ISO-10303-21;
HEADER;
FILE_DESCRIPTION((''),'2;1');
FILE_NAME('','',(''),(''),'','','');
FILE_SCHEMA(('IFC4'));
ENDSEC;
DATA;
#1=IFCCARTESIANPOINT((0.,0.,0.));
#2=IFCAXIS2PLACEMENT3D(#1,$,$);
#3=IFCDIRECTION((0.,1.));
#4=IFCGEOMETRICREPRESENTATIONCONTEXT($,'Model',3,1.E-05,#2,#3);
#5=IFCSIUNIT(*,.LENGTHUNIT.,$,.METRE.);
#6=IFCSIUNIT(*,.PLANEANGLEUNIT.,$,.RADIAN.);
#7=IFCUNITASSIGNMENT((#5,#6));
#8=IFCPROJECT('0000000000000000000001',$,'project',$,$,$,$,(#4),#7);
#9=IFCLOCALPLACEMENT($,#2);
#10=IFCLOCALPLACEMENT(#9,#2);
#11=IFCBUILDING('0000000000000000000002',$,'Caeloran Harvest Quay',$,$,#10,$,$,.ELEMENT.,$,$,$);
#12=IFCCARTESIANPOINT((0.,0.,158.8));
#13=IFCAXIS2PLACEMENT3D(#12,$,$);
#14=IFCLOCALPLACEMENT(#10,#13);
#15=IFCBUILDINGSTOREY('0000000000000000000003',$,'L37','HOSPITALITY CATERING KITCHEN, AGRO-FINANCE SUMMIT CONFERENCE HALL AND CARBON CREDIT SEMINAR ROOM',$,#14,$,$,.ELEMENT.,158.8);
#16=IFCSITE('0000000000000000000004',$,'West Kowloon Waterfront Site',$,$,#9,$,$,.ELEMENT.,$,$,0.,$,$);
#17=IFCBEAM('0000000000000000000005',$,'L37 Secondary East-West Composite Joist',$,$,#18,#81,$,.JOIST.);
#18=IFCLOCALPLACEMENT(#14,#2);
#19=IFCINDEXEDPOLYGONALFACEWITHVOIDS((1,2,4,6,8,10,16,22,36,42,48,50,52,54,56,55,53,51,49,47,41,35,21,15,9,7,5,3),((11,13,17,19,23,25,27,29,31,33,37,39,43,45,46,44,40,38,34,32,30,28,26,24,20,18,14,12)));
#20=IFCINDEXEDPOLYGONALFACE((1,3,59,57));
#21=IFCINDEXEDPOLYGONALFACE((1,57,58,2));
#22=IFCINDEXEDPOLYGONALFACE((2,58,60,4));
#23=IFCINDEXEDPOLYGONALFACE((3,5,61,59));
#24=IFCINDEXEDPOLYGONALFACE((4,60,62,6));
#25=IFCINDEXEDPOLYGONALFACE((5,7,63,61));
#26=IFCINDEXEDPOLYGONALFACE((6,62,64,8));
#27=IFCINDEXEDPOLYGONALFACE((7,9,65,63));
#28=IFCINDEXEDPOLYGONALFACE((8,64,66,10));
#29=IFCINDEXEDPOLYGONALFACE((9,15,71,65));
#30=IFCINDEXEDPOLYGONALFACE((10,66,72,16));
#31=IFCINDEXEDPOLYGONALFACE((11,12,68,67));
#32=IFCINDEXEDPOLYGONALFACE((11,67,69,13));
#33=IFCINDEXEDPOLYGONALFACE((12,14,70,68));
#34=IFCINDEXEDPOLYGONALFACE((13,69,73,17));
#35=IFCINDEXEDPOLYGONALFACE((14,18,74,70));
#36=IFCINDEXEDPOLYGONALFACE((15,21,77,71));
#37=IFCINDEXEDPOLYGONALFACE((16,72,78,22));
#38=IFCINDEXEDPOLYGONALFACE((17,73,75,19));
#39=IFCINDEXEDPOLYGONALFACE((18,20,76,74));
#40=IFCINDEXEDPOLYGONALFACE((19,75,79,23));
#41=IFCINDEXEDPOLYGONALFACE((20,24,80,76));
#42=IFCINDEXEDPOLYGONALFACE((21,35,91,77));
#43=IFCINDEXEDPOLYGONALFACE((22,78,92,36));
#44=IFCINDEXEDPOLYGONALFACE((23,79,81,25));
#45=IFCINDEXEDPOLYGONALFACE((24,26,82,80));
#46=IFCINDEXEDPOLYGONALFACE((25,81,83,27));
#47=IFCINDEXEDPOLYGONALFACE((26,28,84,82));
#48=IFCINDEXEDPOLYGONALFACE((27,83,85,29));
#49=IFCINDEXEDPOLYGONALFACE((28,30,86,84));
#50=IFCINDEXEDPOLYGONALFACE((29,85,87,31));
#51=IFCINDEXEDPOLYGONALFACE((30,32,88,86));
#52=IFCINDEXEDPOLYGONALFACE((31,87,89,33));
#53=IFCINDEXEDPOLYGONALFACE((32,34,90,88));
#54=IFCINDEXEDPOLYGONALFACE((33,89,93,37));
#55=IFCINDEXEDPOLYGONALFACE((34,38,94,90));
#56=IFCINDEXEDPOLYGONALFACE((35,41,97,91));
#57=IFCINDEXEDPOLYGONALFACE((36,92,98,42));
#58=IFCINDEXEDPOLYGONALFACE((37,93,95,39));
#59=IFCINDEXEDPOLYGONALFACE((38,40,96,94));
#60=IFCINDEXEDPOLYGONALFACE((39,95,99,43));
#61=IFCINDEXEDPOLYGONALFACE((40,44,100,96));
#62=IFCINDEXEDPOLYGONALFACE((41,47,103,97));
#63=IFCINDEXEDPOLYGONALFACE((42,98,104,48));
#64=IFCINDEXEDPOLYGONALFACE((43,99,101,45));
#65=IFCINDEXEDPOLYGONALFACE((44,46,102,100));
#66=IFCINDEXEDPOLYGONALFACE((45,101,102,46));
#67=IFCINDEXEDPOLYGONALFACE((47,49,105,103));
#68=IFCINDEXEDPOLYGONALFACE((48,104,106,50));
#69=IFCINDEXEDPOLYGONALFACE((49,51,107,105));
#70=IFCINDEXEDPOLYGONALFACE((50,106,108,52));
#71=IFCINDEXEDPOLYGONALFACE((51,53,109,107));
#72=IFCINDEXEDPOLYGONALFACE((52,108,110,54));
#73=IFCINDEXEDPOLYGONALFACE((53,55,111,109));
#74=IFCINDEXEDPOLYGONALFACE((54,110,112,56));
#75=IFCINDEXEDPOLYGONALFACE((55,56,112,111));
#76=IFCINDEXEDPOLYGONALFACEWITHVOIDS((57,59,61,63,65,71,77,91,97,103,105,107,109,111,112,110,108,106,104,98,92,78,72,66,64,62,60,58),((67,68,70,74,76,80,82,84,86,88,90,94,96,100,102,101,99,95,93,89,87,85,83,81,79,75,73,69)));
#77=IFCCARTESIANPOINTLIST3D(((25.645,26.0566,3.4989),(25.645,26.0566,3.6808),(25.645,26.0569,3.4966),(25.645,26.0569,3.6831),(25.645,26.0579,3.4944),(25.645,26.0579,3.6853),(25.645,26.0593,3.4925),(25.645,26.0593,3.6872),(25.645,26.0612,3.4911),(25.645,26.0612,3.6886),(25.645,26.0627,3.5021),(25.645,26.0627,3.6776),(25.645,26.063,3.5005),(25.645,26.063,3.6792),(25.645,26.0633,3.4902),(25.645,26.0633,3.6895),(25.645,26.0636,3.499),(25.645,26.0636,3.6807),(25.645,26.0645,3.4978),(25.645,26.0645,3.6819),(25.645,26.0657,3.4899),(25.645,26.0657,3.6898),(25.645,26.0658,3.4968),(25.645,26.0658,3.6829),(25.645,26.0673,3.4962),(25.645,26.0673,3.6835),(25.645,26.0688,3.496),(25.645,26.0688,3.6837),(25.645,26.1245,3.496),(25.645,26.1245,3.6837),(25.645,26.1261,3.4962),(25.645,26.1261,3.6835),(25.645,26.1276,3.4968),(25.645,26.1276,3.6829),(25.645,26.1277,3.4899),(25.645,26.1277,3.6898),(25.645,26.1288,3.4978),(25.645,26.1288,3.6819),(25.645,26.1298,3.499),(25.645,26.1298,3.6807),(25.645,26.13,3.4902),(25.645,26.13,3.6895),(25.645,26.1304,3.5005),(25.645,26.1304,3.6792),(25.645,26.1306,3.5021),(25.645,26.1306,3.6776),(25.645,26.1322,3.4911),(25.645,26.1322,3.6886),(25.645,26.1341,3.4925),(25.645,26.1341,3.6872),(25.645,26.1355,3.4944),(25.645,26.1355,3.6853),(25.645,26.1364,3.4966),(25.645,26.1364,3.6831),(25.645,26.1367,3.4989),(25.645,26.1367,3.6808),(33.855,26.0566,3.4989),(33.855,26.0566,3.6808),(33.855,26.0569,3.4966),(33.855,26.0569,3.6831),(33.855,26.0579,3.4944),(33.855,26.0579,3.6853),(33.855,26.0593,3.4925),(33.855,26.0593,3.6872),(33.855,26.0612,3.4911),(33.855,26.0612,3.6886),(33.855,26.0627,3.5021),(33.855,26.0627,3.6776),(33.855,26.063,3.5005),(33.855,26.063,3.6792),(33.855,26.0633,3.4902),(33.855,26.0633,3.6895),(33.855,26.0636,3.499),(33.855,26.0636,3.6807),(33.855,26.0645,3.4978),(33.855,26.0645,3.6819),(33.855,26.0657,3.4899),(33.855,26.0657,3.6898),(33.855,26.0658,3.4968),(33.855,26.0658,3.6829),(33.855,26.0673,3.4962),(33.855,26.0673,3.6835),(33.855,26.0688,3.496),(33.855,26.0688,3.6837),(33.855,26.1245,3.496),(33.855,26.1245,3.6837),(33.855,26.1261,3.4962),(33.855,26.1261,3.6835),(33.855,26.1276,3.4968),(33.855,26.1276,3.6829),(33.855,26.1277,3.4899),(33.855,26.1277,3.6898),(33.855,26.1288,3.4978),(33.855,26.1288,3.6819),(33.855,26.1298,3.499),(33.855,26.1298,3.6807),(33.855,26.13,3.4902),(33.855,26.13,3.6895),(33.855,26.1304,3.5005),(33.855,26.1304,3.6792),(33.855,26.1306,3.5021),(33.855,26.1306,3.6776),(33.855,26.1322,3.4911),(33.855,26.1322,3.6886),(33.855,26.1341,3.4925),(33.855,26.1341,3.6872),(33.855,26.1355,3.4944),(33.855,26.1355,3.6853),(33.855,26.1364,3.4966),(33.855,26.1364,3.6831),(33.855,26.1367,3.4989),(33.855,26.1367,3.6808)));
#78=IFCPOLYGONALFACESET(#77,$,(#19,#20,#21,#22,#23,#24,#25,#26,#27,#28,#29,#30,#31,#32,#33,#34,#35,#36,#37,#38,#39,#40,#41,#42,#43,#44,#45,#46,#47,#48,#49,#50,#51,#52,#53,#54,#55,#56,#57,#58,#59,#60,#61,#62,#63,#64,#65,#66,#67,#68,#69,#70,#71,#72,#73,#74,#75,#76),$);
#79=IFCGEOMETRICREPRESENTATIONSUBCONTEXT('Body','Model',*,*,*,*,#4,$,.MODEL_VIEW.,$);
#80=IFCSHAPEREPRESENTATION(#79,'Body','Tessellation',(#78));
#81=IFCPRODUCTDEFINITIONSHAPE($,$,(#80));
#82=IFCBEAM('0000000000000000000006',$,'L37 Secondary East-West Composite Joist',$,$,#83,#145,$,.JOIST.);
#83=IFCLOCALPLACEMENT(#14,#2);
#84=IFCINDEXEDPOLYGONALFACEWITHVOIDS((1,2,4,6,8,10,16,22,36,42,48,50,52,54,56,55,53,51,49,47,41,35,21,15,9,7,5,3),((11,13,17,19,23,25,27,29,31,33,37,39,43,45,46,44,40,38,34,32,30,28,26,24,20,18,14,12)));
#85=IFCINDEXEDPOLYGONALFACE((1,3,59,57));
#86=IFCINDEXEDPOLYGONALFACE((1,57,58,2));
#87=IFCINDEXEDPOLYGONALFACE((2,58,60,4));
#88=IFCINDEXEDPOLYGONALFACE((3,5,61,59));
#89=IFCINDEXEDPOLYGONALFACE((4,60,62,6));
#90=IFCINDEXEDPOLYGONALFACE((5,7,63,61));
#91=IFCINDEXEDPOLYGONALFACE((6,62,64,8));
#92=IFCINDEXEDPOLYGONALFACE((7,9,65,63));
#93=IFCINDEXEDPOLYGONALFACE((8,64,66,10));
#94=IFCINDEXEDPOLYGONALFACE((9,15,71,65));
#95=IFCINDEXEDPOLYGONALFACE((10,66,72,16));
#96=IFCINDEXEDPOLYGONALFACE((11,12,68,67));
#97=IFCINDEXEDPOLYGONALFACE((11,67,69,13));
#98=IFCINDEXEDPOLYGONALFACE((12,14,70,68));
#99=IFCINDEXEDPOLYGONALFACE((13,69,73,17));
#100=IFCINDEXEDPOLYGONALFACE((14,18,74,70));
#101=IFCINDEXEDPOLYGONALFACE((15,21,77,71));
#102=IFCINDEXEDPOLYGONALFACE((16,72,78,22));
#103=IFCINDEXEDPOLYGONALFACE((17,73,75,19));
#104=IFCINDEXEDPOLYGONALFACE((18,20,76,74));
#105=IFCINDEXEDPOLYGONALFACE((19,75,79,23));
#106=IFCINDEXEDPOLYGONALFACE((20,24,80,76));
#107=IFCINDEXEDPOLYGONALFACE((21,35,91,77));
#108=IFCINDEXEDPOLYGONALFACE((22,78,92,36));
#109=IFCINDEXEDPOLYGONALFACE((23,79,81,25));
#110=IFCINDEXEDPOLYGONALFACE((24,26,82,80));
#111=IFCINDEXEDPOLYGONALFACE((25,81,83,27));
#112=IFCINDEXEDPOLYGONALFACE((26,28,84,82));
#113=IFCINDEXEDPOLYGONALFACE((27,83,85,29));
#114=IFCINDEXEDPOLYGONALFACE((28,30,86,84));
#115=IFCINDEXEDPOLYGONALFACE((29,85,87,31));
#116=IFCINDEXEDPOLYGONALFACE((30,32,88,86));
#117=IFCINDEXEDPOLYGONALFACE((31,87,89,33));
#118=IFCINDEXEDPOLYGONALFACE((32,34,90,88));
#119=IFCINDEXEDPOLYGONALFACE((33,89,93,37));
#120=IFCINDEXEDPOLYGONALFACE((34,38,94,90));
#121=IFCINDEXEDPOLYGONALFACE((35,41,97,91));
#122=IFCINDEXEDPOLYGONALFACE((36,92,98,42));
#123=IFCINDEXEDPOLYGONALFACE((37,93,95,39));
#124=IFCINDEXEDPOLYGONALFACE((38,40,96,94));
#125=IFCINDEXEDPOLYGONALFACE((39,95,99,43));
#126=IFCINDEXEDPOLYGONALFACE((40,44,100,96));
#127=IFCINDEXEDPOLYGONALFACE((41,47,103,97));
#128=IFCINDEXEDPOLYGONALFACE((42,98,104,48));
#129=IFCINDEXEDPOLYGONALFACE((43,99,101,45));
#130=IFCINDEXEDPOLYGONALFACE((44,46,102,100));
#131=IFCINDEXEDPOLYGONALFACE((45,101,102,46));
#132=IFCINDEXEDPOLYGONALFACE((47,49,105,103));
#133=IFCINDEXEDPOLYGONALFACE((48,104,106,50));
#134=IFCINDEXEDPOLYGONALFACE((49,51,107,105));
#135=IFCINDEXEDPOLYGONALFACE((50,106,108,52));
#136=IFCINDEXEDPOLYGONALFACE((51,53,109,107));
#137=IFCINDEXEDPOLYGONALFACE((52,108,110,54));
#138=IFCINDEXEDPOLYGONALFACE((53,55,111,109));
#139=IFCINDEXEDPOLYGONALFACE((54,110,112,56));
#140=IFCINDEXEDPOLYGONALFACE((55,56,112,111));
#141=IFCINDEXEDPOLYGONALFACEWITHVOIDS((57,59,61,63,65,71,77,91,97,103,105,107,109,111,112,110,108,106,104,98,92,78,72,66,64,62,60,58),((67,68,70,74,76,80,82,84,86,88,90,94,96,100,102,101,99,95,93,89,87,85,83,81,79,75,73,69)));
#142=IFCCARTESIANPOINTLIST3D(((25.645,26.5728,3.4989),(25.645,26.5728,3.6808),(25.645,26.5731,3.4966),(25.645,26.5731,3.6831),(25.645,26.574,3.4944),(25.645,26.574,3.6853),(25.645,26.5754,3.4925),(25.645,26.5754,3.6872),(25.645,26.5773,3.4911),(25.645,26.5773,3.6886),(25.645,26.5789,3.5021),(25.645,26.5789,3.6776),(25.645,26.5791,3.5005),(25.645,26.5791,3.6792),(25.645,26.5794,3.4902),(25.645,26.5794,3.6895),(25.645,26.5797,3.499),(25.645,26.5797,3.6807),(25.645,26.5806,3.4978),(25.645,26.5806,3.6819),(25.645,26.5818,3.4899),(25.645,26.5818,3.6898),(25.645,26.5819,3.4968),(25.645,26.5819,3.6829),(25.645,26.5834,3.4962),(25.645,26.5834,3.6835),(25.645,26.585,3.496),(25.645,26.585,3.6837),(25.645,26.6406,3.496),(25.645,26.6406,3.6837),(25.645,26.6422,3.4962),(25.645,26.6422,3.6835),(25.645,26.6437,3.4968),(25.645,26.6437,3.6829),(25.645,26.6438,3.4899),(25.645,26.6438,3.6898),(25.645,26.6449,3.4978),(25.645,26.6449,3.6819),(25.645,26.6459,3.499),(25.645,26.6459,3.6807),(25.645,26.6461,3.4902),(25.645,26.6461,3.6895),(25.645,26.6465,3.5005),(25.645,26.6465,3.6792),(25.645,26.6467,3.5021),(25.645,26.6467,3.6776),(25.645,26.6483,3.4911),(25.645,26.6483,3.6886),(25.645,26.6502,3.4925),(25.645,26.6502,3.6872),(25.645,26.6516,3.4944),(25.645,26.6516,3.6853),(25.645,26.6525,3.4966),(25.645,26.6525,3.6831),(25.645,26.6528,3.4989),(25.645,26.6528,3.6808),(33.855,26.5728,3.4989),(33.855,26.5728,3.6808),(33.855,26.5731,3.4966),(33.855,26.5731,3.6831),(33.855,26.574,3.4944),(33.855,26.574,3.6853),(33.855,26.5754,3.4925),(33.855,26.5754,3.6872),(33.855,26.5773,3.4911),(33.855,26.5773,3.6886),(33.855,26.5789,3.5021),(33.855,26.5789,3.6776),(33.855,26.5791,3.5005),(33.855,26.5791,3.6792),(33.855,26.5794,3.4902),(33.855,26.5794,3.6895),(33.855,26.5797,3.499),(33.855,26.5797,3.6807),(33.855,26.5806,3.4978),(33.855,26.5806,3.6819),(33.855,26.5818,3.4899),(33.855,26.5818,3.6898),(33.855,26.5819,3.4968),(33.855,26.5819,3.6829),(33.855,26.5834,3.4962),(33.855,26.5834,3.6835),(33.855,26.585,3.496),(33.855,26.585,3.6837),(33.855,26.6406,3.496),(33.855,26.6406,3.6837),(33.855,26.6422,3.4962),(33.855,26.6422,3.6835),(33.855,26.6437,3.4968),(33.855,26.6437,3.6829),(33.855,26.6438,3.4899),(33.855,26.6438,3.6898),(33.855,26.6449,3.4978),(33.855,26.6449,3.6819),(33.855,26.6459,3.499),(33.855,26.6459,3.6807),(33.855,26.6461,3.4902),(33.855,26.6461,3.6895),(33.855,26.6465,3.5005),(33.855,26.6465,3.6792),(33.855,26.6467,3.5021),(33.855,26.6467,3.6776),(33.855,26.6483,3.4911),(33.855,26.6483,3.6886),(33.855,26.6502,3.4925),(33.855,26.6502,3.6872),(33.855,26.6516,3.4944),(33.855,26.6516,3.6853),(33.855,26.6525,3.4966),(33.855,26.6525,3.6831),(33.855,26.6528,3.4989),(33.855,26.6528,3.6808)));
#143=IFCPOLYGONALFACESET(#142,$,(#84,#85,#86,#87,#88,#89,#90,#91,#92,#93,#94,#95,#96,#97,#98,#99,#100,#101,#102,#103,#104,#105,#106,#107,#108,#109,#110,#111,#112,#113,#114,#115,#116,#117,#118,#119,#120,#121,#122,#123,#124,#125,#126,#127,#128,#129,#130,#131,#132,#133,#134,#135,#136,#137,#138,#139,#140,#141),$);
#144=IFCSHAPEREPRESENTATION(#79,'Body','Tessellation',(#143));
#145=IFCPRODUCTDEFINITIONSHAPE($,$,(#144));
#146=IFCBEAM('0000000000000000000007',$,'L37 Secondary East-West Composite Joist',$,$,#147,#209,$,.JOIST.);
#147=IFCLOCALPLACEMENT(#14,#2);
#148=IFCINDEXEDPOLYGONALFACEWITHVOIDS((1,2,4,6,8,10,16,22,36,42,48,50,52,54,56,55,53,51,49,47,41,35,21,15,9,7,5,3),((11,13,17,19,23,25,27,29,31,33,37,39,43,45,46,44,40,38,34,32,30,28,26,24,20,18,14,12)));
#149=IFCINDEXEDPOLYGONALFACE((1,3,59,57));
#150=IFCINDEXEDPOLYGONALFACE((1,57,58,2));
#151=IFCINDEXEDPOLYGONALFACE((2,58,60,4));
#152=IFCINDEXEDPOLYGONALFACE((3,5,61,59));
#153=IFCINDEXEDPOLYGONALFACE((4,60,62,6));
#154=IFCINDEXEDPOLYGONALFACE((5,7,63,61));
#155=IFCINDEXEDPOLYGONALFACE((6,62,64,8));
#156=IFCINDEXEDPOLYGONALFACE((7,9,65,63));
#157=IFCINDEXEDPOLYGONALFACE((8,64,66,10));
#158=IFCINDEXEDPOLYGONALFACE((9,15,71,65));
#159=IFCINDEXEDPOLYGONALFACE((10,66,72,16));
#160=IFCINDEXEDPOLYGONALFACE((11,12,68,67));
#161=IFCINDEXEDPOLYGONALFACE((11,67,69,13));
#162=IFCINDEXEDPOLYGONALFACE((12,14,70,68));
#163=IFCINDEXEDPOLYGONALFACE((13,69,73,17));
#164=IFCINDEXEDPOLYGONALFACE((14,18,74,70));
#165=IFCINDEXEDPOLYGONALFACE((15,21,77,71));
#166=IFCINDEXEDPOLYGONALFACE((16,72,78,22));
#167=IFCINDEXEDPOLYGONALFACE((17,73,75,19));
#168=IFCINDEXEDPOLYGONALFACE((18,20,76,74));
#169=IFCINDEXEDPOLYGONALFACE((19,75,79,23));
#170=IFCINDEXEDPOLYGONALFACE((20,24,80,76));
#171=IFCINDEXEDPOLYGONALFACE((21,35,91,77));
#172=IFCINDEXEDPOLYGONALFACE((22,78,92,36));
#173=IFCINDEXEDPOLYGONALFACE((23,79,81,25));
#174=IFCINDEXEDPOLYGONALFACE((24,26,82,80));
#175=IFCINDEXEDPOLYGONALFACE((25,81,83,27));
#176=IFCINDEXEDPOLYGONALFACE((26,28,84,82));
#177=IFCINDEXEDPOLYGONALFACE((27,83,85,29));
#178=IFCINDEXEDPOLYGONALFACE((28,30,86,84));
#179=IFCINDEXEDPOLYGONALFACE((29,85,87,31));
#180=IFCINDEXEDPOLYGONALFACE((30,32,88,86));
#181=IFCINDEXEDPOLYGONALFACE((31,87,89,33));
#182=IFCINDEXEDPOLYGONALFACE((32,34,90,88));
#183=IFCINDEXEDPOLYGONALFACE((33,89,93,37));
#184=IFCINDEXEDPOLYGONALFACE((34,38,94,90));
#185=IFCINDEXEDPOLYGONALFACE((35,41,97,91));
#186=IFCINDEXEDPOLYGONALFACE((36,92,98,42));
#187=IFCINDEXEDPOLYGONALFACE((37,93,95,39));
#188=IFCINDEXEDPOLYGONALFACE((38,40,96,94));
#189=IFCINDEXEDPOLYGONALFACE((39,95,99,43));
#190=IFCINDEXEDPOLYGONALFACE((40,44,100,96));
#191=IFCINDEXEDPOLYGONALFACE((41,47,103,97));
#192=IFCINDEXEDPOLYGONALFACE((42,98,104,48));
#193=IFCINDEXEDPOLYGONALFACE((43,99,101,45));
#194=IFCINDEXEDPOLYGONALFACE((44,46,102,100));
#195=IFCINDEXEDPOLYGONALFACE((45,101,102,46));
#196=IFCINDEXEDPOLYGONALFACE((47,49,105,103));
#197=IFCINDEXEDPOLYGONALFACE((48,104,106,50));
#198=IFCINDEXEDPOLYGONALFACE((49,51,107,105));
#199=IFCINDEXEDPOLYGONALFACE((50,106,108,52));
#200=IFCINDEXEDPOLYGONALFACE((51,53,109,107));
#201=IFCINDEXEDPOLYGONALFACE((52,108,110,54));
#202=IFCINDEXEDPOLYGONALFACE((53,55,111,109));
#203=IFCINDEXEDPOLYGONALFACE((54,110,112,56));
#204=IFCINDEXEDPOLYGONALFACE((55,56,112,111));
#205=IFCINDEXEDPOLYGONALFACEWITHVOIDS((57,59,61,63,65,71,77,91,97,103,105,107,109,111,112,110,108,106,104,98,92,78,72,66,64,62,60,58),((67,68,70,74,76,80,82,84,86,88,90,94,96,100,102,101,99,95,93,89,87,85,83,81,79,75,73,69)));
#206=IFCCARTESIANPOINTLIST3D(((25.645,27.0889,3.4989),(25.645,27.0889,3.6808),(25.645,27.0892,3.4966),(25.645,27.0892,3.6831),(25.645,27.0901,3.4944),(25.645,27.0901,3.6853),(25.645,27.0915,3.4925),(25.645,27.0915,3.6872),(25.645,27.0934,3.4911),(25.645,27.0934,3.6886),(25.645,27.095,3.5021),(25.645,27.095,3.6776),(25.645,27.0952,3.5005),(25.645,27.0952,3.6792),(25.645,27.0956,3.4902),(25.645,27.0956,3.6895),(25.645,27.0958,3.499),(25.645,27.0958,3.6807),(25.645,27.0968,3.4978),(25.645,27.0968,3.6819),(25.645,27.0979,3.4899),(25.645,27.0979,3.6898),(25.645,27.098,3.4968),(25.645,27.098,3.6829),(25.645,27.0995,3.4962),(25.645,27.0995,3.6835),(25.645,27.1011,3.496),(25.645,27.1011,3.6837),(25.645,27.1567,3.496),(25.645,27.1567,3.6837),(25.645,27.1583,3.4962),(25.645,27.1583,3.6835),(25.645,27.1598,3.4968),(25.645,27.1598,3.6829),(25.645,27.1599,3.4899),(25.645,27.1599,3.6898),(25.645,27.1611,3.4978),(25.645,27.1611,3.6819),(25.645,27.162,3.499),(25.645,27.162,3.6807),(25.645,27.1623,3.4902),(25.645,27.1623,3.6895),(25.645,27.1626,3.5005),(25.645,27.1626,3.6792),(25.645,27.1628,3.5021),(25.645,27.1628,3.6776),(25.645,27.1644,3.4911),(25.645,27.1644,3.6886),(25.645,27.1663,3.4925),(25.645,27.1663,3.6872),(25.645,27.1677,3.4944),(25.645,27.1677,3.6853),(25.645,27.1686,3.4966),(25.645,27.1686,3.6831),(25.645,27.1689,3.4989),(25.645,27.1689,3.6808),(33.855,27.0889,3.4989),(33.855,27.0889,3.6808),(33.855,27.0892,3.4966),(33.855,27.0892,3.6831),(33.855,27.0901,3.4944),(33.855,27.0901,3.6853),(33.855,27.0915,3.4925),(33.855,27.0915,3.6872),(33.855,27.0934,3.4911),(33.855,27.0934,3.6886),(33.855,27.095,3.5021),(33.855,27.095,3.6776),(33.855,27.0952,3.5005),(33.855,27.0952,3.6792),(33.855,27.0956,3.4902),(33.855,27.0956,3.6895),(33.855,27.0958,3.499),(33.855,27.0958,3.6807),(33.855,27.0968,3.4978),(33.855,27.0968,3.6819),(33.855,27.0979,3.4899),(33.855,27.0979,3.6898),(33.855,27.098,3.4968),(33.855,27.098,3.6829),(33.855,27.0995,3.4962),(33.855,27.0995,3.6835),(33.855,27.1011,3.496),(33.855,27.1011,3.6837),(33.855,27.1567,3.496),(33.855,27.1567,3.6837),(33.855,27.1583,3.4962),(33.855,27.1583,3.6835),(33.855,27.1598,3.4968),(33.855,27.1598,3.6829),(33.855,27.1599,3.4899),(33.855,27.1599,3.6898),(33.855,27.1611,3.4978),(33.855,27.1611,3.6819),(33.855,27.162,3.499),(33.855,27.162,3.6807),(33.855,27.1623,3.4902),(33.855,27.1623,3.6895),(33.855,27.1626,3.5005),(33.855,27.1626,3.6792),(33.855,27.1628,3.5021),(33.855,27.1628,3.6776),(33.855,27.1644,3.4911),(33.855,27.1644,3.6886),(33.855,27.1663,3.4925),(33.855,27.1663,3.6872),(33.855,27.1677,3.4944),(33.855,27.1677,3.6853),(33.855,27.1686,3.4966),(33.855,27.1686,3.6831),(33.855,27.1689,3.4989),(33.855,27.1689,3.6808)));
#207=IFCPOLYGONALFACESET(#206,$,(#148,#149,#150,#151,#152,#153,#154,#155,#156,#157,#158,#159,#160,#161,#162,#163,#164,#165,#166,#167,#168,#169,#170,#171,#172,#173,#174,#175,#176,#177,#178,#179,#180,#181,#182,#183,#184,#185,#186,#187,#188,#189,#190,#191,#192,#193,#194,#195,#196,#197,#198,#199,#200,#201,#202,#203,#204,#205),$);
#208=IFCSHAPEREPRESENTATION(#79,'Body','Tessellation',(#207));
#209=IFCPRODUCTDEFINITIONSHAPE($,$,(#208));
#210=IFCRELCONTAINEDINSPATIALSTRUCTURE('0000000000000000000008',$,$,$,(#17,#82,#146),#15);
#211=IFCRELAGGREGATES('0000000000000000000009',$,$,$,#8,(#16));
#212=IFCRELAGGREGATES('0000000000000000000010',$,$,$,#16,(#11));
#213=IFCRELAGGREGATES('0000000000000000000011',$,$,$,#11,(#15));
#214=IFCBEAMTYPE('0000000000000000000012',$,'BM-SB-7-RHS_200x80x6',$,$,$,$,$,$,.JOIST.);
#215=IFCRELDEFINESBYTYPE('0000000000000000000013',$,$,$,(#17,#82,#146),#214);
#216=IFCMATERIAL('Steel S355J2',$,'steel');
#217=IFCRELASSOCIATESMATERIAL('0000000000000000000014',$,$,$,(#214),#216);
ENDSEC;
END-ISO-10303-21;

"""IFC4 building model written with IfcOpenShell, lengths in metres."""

from ifc_helpers import new_model, si_unit, direction, frame, origin, origin_2d, place, context, subcontext, project, spatial, hollow_rectangle, extrude, material, material_profile, profile_set, type_object, element, save


model = new_model("IFC4")

# Units and contexts
model_context = context("Model", 3, precision=1e-05, world=origin(), true_north=direction((0.0, 1.0)))
body_context = subcontext(model_context, "Body", "Model", "MODEL_VIEW")
ifc_project = project(units=[si_unit("LENGTHUNIT", "METRE"), si_unit("PLANEANGLEUNIT", "RADIAN")], contexts=[model_context])

# Site, building, storey
site_placement = place(None, origin())
site = spatial("IfcSite", under=ifc_project, at=site_placement, Name="West Kowloon Waterfront Site", CompositionType="ELEMENT", RefElevation=0.0)
building_placement = place(site_placement, origin())
building = spatial("IfcBuilding", under=site, at=building_placement, Name="Caeloran Harvest Quay", CompositionType="ELEMENT")
storey_placement = place(building_placement, frame((0.0, 0.0, 158.8)))
storey = spatial("IfcBuildingStorey", under=building, at=storey_placement, Name="L37", Description="HOSPITALITY CATERING KITCHEN, AGRO-FINANCE SUMMIT CONFERENCE HALL AND CARBON CREDIT SEMINAR ROOM", CompositionType="ELEMENT", Elevation=158.8)

# Beams
ifc_material_1 = material(Name="Steel S355J2", Category="steel")
ifc_material_profile_1 = material_profile(ifc_material_1, hollow_rectangle(XDim=0.0801, YDim=0.2, WallThickness=0.0061, InnerFilletRadius=0.0061, OuterFilletRadius=0.009, at=origin_2d()), Name="RHS 200x80x6")
ifc_profile_set_1 = profile_set([ifc_material_profile_1], Name="Steel S355J2")
beam_type_1 = type_object("IfcBeamType", Name="BM-SB-7-RHS_200x80x6", PredefinedType="JOIST", material=ifc_profile_set_1)
for number, where, z_axis, x_axis, name in (
    (1, (25.645, 26.0967, 3.5898), (1.0, 0.0, 0.0), (0.0, 1.0, 0.0), "L37 Secondary East-West Composite Joist"),
    (2, (25.645, 26.6128, 3.5898), (1.0, 0.0, 0.0), (0.0, 1.0, 0.0), "L37 Secondary East-West Composite Joist"),
    (3, (25.645, 27.1289, 3.5898), (1.0, 0.0, 0.0), (0.0, 1.0, 0.0), "L37 Secondary East-West Composite Joist"),
):
    element("IfcBeam", number, at=place(storey_placement, frame(where, z_axis=z_axis, x_axis=x_axis)), inside=storey, type_object=beam_type_1, Name=name, PredefinedType="JOIST", context=body_context, shape_type="SweptSolid", body=[
        extrude(hollow_rectangle(XDim=0.0801, YDim=0.2, WallThickness=0.0061, InnerFilletRadius=0.0061, OuterFilletRadius=0.009, at=origin_2d()), origin(), (0.0, 0.0, 1.0), 8.21),
    ])

save(model, "model.ifc")
